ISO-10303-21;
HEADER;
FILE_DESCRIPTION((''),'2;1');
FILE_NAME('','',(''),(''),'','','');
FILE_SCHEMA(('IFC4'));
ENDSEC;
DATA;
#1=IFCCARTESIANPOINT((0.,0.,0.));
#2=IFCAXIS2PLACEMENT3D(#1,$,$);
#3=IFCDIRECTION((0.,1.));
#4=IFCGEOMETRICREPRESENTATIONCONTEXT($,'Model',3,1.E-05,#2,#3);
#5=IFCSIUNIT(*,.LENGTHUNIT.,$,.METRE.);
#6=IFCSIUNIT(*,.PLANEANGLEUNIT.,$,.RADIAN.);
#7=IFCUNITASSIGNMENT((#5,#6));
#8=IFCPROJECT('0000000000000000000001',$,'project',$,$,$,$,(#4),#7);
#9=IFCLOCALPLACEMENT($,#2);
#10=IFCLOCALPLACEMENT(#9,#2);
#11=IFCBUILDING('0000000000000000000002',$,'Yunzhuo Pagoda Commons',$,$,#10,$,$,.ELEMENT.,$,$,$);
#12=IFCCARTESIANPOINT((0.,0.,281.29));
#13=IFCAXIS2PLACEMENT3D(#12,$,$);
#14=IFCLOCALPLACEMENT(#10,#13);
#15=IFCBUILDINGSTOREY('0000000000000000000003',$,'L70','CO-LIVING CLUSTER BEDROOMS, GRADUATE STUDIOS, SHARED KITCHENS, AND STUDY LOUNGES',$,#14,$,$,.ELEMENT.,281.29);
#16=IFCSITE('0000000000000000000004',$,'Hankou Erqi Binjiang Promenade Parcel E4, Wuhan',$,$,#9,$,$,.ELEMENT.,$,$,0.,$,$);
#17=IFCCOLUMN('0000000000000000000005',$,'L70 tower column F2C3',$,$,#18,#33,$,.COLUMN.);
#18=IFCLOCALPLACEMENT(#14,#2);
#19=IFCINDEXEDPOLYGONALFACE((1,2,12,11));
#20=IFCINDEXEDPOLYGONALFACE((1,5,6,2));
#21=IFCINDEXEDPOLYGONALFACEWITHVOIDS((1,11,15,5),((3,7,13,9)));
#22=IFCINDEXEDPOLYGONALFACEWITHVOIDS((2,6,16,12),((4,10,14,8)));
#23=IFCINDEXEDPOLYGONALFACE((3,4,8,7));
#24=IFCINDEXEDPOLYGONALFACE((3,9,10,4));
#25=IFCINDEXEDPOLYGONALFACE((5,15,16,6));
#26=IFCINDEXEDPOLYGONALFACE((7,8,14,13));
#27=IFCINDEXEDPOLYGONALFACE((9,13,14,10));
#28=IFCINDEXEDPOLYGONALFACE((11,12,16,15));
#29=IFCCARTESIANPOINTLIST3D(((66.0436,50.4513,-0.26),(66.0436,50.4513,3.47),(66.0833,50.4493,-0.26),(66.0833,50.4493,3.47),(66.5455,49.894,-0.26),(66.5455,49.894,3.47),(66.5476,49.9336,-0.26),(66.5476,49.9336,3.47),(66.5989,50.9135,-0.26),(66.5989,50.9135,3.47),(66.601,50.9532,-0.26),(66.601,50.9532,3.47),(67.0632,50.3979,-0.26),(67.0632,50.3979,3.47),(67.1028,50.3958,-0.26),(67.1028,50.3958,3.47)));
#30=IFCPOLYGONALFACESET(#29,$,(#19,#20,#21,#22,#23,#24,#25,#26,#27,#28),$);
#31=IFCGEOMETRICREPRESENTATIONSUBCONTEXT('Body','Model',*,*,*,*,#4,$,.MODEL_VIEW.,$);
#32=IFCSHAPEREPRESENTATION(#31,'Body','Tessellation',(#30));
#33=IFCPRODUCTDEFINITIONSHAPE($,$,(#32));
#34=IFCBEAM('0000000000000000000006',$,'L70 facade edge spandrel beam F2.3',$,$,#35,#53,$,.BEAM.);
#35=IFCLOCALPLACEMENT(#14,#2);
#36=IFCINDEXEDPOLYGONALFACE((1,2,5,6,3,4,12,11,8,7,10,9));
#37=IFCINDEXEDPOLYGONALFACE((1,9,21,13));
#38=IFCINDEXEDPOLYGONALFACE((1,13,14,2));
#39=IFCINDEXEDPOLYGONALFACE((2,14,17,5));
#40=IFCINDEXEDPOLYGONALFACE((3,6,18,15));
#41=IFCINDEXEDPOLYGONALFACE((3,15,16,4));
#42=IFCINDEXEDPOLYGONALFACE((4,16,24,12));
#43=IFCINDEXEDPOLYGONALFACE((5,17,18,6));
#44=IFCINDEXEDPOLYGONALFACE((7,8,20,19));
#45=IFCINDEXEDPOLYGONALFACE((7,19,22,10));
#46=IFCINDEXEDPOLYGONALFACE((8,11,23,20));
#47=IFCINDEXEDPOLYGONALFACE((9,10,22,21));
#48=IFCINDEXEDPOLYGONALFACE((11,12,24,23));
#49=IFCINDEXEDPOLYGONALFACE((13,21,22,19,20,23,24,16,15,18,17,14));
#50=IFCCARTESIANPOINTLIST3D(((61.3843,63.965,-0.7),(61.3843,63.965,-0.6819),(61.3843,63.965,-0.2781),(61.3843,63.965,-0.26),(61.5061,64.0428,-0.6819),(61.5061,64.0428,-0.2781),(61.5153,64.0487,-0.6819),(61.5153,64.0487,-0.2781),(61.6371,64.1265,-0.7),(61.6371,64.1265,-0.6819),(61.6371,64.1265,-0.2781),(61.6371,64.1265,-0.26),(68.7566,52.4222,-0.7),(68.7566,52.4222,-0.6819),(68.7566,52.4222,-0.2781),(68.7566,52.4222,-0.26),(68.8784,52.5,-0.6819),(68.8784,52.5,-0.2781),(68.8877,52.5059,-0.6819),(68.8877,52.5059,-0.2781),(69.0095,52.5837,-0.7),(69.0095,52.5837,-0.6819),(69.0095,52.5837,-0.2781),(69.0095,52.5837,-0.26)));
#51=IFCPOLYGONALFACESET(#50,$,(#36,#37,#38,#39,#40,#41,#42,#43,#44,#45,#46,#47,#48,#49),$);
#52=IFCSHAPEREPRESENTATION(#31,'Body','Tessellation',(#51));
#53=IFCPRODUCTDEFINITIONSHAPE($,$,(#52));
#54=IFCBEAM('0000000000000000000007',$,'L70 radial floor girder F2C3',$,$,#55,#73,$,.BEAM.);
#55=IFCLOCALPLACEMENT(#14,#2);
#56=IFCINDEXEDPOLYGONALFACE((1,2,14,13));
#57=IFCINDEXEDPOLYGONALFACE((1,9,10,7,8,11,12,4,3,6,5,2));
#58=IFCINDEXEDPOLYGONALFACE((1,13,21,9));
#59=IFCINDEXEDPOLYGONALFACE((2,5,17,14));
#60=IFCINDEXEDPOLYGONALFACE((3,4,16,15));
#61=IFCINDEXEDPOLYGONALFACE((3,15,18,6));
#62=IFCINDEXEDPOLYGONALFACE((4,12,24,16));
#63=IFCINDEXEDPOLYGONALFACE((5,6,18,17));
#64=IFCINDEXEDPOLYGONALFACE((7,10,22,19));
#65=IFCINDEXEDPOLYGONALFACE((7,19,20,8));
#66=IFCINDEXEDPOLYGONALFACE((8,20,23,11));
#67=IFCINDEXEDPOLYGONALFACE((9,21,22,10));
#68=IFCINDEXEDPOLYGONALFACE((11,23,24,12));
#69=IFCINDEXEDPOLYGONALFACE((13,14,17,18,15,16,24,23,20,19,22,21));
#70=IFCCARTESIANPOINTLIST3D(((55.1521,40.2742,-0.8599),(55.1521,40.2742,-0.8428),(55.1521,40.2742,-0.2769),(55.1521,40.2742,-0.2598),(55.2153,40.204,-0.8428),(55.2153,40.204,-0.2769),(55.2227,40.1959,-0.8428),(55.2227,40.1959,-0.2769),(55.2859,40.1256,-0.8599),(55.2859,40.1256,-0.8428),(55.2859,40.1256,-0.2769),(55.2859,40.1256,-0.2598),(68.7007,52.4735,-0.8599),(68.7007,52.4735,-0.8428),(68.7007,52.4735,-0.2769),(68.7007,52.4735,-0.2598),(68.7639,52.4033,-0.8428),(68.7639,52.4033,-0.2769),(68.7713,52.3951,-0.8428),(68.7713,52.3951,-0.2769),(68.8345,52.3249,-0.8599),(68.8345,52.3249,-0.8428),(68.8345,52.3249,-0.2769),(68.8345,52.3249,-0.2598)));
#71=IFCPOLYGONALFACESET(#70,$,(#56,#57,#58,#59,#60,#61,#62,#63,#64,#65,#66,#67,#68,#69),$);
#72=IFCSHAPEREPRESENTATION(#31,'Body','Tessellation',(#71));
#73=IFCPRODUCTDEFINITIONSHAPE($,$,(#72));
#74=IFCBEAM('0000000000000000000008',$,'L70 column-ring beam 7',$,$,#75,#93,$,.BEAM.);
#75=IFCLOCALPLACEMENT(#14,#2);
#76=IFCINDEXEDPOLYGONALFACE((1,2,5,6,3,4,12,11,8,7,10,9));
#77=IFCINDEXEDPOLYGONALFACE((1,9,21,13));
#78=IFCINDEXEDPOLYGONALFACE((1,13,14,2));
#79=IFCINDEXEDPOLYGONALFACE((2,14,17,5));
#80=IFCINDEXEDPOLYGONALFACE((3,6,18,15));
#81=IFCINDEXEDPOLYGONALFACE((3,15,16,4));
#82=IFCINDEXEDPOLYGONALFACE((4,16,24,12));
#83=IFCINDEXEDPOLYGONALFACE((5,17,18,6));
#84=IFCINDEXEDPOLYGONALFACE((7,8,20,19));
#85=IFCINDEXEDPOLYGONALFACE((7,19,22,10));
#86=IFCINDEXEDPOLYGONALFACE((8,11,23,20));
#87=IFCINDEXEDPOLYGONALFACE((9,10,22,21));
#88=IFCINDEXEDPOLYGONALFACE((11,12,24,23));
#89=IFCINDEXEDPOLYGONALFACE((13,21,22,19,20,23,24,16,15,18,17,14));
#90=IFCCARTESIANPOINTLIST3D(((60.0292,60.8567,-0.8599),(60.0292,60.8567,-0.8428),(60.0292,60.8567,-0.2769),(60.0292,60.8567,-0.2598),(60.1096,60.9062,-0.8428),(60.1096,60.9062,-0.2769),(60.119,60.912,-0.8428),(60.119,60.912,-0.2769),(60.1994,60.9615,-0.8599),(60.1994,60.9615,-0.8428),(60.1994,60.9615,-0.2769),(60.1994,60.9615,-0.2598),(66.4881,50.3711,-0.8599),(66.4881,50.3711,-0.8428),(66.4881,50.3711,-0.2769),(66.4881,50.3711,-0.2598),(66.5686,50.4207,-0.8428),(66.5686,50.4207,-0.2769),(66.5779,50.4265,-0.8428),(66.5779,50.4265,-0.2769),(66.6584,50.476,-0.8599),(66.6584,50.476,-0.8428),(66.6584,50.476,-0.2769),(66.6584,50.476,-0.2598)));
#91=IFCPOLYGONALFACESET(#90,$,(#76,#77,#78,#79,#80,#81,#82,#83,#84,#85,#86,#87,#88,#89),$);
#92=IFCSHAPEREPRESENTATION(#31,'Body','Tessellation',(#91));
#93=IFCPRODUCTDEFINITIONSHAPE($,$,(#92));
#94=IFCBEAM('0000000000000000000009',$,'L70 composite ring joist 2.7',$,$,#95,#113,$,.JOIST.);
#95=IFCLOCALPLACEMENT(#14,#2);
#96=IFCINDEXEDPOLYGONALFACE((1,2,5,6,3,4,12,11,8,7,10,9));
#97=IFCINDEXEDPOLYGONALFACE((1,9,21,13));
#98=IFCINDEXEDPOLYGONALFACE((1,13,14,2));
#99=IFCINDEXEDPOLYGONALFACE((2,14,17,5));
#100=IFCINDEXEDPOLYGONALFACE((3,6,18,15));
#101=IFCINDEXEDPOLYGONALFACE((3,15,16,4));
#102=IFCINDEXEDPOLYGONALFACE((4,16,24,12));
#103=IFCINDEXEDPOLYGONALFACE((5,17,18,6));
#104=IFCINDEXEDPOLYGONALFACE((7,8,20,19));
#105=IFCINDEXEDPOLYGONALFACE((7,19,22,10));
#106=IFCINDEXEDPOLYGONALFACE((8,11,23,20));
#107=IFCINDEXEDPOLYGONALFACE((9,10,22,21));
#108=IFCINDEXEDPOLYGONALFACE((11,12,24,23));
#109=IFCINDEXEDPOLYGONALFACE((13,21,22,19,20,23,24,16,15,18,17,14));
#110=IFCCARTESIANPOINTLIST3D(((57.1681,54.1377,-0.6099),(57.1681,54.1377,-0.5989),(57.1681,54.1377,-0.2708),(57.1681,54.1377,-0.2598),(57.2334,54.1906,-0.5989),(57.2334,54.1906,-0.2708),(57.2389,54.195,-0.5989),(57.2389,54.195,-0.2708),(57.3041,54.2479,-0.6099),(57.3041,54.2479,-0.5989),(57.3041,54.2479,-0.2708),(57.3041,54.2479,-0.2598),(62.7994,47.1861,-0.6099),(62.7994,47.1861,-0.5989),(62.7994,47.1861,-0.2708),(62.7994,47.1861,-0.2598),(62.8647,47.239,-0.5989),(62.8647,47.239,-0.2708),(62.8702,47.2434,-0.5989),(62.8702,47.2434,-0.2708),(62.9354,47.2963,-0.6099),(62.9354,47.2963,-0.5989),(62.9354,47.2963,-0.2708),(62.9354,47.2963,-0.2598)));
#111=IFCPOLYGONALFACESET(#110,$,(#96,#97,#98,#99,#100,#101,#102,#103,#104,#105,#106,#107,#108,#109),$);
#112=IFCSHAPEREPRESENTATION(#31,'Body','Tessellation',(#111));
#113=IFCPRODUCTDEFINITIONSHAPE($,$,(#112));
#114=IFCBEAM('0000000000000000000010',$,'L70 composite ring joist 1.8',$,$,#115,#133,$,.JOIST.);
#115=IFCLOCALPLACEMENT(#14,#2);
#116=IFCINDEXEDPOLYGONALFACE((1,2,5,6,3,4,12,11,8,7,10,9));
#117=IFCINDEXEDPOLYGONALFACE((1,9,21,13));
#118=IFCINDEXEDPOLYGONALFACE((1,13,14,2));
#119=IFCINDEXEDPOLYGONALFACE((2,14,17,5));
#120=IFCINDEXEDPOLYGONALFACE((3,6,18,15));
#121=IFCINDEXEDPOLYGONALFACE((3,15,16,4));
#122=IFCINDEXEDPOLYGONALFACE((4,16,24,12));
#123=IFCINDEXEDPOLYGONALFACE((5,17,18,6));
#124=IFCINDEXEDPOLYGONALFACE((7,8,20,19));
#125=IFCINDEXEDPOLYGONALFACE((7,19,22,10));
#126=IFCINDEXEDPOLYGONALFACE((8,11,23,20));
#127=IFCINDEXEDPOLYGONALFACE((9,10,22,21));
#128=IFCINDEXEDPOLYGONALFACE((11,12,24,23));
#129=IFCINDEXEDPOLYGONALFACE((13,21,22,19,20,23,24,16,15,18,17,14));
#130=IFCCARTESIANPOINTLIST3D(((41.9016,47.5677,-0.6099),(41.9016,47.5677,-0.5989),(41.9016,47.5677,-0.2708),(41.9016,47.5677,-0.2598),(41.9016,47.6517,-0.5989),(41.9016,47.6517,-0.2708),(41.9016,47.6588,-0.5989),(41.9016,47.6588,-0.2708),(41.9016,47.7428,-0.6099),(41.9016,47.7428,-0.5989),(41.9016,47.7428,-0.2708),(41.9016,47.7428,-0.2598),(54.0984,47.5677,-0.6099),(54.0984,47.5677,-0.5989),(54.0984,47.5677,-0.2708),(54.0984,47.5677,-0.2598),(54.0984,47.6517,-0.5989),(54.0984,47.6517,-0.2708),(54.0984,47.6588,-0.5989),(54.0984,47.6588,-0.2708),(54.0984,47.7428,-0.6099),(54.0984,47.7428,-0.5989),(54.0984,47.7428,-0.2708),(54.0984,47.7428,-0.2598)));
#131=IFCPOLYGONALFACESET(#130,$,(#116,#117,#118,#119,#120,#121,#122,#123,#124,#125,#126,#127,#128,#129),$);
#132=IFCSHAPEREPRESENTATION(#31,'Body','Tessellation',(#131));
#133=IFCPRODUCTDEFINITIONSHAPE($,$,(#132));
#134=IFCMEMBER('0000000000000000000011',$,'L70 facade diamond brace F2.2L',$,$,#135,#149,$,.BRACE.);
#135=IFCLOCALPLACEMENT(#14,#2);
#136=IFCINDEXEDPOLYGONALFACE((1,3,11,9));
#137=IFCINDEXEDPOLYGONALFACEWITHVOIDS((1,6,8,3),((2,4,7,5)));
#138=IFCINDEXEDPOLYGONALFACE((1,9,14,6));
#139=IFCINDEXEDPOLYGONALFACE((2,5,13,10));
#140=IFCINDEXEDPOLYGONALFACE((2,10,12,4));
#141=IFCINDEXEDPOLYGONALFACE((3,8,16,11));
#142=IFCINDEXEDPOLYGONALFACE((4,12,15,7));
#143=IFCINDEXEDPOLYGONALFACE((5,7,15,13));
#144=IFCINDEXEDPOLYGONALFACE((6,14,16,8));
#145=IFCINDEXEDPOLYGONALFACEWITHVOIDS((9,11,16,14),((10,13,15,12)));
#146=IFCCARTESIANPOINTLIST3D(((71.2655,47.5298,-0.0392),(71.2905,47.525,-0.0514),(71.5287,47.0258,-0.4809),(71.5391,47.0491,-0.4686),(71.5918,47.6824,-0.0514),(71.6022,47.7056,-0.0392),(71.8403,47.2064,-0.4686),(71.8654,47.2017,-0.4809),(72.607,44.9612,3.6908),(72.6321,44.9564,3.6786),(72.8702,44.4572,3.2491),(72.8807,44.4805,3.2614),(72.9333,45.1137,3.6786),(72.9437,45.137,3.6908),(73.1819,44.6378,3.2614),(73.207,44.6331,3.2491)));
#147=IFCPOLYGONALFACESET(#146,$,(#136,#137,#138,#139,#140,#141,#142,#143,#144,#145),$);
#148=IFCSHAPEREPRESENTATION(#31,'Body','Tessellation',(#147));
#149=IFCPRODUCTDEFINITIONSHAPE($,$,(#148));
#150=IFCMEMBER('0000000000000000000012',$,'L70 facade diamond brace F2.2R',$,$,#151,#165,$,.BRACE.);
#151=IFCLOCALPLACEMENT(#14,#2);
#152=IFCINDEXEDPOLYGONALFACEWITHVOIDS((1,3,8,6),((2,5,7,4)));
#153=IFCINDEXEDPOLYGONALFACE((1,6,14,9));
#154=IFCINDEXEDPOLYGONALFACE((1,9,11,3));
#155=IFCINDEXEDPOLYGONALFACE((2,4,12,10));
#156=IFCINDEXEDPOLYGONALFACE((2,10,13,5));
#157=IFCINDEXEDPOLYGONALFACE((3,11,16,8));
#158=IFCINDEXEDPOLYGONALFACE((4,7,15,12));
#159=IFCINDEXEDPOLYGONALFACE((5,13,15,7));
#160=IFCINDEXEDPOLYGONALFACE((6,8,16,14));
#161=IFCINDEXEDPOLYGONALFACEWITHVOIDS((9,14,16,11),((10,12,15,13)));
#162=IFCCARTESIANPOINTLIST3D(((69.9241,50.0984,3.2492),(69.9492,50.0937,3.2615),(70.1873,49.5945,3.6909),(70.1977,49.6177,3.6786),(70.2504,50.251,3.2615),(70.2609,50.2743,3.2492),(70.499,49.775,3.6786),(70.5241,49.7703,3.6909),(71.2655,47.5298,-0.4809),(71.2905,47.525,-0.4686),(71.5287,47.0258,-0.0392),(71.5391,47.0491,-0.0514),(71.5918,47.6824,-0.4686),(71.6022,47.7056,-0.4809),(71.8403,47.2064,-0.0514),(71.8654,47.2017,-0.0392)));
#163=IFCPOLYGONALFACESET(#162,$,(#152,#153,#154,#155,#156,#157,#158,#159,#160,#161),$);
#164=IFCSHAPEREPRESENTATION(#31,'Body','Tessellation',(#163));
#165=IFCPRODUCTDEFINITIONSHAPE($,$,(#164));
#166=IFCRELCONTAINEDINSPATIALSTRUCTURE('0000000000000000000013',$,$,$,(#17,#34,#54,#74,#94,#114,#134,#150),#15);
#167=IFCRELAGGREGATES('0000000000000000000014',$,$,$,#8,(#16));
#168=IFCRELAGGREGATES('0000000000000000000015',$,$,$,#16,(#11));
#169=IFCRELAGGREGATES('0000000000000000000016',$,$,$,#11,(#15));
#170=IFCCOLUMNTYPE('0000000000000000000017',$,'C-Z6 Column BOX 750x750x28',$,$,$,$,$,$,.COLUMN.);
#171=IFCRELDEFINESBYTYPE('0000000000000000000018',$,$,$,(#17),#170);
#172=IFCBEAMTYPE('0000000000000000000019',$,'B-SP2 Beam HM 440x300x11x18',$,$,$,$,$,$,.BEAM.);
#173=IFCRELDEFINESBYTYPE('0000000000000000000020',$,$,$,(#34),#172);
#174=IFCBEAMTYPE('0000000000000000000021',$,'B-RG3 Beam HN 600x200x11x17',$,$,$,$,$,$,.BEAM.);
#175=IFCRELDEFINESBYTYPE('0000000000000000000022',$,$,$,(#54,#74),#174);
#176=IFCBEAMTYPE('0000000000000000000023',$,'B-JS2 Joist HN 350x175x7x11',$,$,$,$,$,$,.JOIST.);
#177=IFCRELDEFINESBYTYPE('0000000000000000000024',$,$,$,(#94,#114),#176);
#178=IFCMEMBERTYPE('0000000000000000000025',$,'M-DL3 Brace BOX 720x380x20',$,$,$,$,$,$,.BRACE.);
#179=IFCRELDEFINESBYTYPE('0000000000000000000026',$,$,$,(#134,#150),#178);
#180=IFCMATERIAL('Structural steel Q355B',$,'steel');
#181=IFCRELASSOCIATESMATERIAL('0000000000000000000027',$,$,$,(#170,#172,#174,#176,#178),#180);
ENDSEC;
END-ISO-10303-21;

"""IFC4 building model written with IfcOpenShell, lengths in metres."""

from ifc_helpers import new_model, si_unit, direction, frame, origin, origin_2d, place, context, subcontext, project, spatial, hollow_rectangle, i_section, extrude, source, transform, mapped, material, material_profile, profile_set, type_object, element, save


model = new_model("IFC4")

# Units and contexts
model_context = context("Model", 3, precision=1e-05, world=origin(), true_north=direction((0.0, 1.0)))
body_context = subcontext(model_context, "Body", "Model", "MODEL_VIEW")
ifc_project = project(units=[si_unit("LENGTHUNIT", "METRE"), si_unit("PLANEANGLEUNIT", "RADIAN")], contexts=[model_context])

# Site, building, storey
site_placement = place(None, origin())
site = spatial("IfcSite", under=ifc_project, at=site_placement, Name="Hankou Erqi Binjiang Promenade Parcel E4, Wuhan", CompositionType="ELEMENT", RefElevation=0.0)
building_placement = place(site_placement, origin())
building = spatial("IfcBuilding", under=site, at=building_placement, Name="Yunzhuo Pagoda Commons", CompositionType="ELEMENT")
storey_placement = place(building_placement, frame((0.0, 0.0, 281.29)))
storey = spatial("IfcBuildingStorey", under=building, at=storey_placement, Name="L70", Description="CO-LIVING CLUSTER BEDROOMS, GRADUATE STUDIOS, SHARED KITCHENS, AND STUDY LOUNGES", CompositionType="ELEMENT", Elevation=281.29)

# Column
ifc_material_1 = material(Name="Structural steel Q355B", Category="steel")
ifc_material_profile_1 = material_profile(ifc_material_1, hollow_rectangle(XDim=0.75, YDim=0.75, WallThickness=0.0281, at=origin_2d()), Name="Structural steel Q355B")
ifc_profile_set_1 = profile_set([ifc_material_profile_1], Name="Structural steel Q355B")
column_type = type_object("IfcColumnType", Name="C-Z6 Column BOX 750x750x28", PredefinedType="COLUMN", material=ifc_profile_set_1)
shared_shape_1 = source(origin(), body_context, "Body", "SweptSolid", [
    extrude(hollow_rectangle(XDim=0.75, YDim=0.75, WallThickness=0.0281, at=origin_2d()), origin(), (0.0, 0.0, 1.0), 3.73),
])
column_placement = place(storey_placement, frame((66.5732, 50.4236, -0.26), z_axis=(0.0, 0.0, 1.0), x_axis=(-0.669131, 0.743145, 0.0)))
element("IfcColumn", 1, at=column_placement, inside=storey, type_object=column_type, Name="L70 tower column F2C3", PredefinedType="COLUMN", context=body_context, shape_type="MappedRepresentation", body=[
    mapped(shared_shape_1, transform((0.0, 0.0, 0.0), scale=1.0)),
])

# Beams
ifc_material_profile_2 = material_profile(ifc_material_1, i_section(OverallWidth=0.3, OverallDepth=0.4399, WebThickness=0.011, FlangeThickness=0.0181, at=origin_2d()), Name="Structural steel Q355B")
ifc_profile_set_2 = profile_set([ifc_material_profile_2], Name="Structural steel Q355B")
beam_type_1 = type_object("IfcBeamType", Name="B-SP2 Beam HM 440x300x11x18", PredefinedType="BEAM", material=ifc_profile_set_2)
shared_shape_2 = source(origin(), body_context, "Body", "SweptSolid", [
    extrude(i_section(OverallWidth=0.3, OverallDepth=0.4399, WebThickness=0.011, FlangeThickness=0.0181, at=origin_2d()), origin(), (0.0, 0.0, 1.0), 13.6963),
])
beam_1_placement = place(storey_placement, frame((68.8831, 52.5029, -0.48), z_axis=(-0.538275, 0.842769, 0.0), x_axis=(-0.842769, -0.538275, 0.0)))
element("IfcBeam", 2, at=beam_1_placement, inside=storey, type_object=beam_type_1, Name="L70 facade edge spandrel beam F2.3", PredefinedType="BEAM", context=body_context, shape_type="MappedRepresentation", body=[
    mapped(shared_shape_2, transform((0.0, 0.0, 0.0), scale=1.0)),
])
ifc_material_profile_3 = material_profile(ifc_material_1, i_section(OverallWidth=0.2, OverallDepth=0.6001, WebThickness=0.011, FlangeThickness=0.0171, at=origin_2d()), Name="Structural steel Q355B")
ifc_profile_set_3 = profile_set([ifc_material_profile_3], Name="Structural steel Q355B")
beam_type_2 = type_object("IfcBeamType", Name="B-RG3 Beam HN 600x200x11x17", PredefinedType="BEAM", material=ifc_profile_set_3)
shared_shape_3 = source(origin(), body_context, "Body", "SweptSolid", [
    extrude(i_section(OverallWidth=0.2, OverallDepth=0.6001, WebThickness=0.011, FlangeThickness=0.0171, at=origin_2d()), origin(), (0.0, 0.0, 1.0), 18.2314),
])
beam_2_placement = place(storey_placement, frame((68.7676, 52.3992, -0.5598), z_axis=(-0.743144, -0.669131, 0.0), x_axis=(0.669131, -0.743144, 0.0)))
element("IfcBeam", 3, at=beam_2_placement, inside=storey, type_object=beam_type_2, Name="L70 radial floor girder F2C3", PredefinedType="BEAM", context=body_context, shape_type="MappedRepresentation", body=[
    mapped(shared_shape_3, transform((0.0, 0.0, 0.0), scale=1.0)),
])
shared_shape_4 = source(origin(), body_context, "Body", "SweptSolid", [
    extrude(i_section(OverallWidth=0.2, OverallDepth=0.6001, WebThickness=0.011, FlangeThickness=0.0171, at=origin_2d()), origin(), (0.0, 0.0, 1.0), 12.3152),
])
beam_3_placement = place(storey_placement, frame((66.5732, 50.4236, -0.5598), z_axis=(-0.524469, 0.85143, 0.0), x_axis=(-0.85143, -0.524469, 0.0)))
element("IfcBeam", 4, at=beam_3_placement, inside=storey, type_object=beam_type_2, Name="L70 column-ring beam 7", PredefinedType="BEAM", context=body_context, shape_type="MappedRepresentation", body=[
    mapped(shared_shape_4, transform((0.0, 0.0, 0.0), scale=1.0)),
])
ifc_material_profile_4 = material_profile(ifc_material_1, i_section(OverallWidth=0.175, OverallDepth=0.3501, WebThickness=0.0071, FlangeThickness=0.011, at=origin_2d()), Name="Structural steel Q355B")
ifc_profile_set_4 = profile_set([ifc_material_profile_4], Name="Structural steel Q355B")
beam_type_3 = type_object("IfcBeamType", Name="B-JS2 Joist HN 350x175x7x11", PredefinedType="JOIST", material=ifc_profile_set_4)
shared_shape_5 = source(origin(), body_context, "Body", "SweptSolid", [
    extrude(i_section(OverallWidth=0.175, OverallDepth=0.3501, WebThickness=0.0071, FlangeThickness=0.011, at=origin_2d()), origin(), (0.0, 0.0, 1.0), 8.9463),
])
beam_4_placement = place(storey_placement, frame((62.8674, 47.2412, -0.4348), z_axis=(-0.629456, 0.777036, 0.0), x_axis=(-0.777036, -0.629456, 0.0)))
element("IfcBeam", 5, at=beam_4_placement, inside=storey, type_object=beam_type_3, Name="L70 composite ring joist 2.7", PredefinedType="JOIST", context=body_context, shape_type="MappedRepresentation", body=[
    mapped(shared_shape_5, transform((0.0, 0.0, 0.0), scale=1.0)),
])
shared_shape_6 = source(origin(), body_context, "Body", "SweptSolid", [
    extrude(i_section(OverallWidth=0.175, OverallDepth=0.3501, WebThickness=0.0071, FlangeThickness=0.011, at=origin_2d()), origin(), (0.0, 0.0, 1.0), 12.1968),
])
beam_5_placement = place(storey_placement, frame((54.0984, 47.6553, -0.4348), z_axis=(-1.0, 0.0, 0.0), x_axis=(0.0, -1.0, 0.0)))
element("IfcBeam", 6, at=beam_5_placement, inside=storey, type_object=beam_type_3, Name="L70 composite ring joist 1.8", PredefinedType="JOIST", context=body_context, shape_type="MappedRepresentation", body=[
    mapped(shared_shape_6, transform((0.0, 0.0, 0.0), scale=1.0)),
])

# Members
ifc_material_profile_5 = material_profile(ifc_material_1, hollow_rectangle(XDim=0.3799, YDim=0.72, WallThickness=0.02, at=origin_2d()), Name="Structural steel Q355B")
ifc_profile_set_5 = profile_set([ifc_material_profile_5], Name="Structural steel Q355B")
member_type_1 = type_object("IfcMemberType", Name="M-DL3 Brace BOX 720x380x20", PredefinedType="BRACE", material=ifc_profile_set_5)
shared_shape_7 = source(origin(), body_context, "Body", "SweptSolid", [
    extrude(hollow_rectangle(XDim=0.3799, YDim=0.72, WallThickness=0.02, at=origin_2d()), origin(), (0.0, 0.0, 1.0), 4.7234),
])
for number, where, z_axis, x_axis, name in (
    (7, (71.5654, 47.3657, -0.26), (0.284024, -0.543807, 0.789686), (0.886385, 0.462949, 0.0), "L70 facade diamond brace F2.2L"),
    (8, (71.5654, 47.3657, -0.26), (-0.283977, 0.543815, 0.789698), (-0.88642, -0.462883, 0.0), "L70 facade diamond brace F2.2R"),
):
    element("IfcMember", number, at=place(storey_placement, frame(where, z_axis=z_axis, x_axis=x_axis)), inside=storey, type_object=member_type_1, Name=name, PredefinedType="BRACE", context=body_context, shape_type="MappedRepresentation", body=[
        mapped(shared_shape_7, transform((0.0, 0.0, 0.0), scale=1.0)),
    ])

save(model, "model.ifc")
